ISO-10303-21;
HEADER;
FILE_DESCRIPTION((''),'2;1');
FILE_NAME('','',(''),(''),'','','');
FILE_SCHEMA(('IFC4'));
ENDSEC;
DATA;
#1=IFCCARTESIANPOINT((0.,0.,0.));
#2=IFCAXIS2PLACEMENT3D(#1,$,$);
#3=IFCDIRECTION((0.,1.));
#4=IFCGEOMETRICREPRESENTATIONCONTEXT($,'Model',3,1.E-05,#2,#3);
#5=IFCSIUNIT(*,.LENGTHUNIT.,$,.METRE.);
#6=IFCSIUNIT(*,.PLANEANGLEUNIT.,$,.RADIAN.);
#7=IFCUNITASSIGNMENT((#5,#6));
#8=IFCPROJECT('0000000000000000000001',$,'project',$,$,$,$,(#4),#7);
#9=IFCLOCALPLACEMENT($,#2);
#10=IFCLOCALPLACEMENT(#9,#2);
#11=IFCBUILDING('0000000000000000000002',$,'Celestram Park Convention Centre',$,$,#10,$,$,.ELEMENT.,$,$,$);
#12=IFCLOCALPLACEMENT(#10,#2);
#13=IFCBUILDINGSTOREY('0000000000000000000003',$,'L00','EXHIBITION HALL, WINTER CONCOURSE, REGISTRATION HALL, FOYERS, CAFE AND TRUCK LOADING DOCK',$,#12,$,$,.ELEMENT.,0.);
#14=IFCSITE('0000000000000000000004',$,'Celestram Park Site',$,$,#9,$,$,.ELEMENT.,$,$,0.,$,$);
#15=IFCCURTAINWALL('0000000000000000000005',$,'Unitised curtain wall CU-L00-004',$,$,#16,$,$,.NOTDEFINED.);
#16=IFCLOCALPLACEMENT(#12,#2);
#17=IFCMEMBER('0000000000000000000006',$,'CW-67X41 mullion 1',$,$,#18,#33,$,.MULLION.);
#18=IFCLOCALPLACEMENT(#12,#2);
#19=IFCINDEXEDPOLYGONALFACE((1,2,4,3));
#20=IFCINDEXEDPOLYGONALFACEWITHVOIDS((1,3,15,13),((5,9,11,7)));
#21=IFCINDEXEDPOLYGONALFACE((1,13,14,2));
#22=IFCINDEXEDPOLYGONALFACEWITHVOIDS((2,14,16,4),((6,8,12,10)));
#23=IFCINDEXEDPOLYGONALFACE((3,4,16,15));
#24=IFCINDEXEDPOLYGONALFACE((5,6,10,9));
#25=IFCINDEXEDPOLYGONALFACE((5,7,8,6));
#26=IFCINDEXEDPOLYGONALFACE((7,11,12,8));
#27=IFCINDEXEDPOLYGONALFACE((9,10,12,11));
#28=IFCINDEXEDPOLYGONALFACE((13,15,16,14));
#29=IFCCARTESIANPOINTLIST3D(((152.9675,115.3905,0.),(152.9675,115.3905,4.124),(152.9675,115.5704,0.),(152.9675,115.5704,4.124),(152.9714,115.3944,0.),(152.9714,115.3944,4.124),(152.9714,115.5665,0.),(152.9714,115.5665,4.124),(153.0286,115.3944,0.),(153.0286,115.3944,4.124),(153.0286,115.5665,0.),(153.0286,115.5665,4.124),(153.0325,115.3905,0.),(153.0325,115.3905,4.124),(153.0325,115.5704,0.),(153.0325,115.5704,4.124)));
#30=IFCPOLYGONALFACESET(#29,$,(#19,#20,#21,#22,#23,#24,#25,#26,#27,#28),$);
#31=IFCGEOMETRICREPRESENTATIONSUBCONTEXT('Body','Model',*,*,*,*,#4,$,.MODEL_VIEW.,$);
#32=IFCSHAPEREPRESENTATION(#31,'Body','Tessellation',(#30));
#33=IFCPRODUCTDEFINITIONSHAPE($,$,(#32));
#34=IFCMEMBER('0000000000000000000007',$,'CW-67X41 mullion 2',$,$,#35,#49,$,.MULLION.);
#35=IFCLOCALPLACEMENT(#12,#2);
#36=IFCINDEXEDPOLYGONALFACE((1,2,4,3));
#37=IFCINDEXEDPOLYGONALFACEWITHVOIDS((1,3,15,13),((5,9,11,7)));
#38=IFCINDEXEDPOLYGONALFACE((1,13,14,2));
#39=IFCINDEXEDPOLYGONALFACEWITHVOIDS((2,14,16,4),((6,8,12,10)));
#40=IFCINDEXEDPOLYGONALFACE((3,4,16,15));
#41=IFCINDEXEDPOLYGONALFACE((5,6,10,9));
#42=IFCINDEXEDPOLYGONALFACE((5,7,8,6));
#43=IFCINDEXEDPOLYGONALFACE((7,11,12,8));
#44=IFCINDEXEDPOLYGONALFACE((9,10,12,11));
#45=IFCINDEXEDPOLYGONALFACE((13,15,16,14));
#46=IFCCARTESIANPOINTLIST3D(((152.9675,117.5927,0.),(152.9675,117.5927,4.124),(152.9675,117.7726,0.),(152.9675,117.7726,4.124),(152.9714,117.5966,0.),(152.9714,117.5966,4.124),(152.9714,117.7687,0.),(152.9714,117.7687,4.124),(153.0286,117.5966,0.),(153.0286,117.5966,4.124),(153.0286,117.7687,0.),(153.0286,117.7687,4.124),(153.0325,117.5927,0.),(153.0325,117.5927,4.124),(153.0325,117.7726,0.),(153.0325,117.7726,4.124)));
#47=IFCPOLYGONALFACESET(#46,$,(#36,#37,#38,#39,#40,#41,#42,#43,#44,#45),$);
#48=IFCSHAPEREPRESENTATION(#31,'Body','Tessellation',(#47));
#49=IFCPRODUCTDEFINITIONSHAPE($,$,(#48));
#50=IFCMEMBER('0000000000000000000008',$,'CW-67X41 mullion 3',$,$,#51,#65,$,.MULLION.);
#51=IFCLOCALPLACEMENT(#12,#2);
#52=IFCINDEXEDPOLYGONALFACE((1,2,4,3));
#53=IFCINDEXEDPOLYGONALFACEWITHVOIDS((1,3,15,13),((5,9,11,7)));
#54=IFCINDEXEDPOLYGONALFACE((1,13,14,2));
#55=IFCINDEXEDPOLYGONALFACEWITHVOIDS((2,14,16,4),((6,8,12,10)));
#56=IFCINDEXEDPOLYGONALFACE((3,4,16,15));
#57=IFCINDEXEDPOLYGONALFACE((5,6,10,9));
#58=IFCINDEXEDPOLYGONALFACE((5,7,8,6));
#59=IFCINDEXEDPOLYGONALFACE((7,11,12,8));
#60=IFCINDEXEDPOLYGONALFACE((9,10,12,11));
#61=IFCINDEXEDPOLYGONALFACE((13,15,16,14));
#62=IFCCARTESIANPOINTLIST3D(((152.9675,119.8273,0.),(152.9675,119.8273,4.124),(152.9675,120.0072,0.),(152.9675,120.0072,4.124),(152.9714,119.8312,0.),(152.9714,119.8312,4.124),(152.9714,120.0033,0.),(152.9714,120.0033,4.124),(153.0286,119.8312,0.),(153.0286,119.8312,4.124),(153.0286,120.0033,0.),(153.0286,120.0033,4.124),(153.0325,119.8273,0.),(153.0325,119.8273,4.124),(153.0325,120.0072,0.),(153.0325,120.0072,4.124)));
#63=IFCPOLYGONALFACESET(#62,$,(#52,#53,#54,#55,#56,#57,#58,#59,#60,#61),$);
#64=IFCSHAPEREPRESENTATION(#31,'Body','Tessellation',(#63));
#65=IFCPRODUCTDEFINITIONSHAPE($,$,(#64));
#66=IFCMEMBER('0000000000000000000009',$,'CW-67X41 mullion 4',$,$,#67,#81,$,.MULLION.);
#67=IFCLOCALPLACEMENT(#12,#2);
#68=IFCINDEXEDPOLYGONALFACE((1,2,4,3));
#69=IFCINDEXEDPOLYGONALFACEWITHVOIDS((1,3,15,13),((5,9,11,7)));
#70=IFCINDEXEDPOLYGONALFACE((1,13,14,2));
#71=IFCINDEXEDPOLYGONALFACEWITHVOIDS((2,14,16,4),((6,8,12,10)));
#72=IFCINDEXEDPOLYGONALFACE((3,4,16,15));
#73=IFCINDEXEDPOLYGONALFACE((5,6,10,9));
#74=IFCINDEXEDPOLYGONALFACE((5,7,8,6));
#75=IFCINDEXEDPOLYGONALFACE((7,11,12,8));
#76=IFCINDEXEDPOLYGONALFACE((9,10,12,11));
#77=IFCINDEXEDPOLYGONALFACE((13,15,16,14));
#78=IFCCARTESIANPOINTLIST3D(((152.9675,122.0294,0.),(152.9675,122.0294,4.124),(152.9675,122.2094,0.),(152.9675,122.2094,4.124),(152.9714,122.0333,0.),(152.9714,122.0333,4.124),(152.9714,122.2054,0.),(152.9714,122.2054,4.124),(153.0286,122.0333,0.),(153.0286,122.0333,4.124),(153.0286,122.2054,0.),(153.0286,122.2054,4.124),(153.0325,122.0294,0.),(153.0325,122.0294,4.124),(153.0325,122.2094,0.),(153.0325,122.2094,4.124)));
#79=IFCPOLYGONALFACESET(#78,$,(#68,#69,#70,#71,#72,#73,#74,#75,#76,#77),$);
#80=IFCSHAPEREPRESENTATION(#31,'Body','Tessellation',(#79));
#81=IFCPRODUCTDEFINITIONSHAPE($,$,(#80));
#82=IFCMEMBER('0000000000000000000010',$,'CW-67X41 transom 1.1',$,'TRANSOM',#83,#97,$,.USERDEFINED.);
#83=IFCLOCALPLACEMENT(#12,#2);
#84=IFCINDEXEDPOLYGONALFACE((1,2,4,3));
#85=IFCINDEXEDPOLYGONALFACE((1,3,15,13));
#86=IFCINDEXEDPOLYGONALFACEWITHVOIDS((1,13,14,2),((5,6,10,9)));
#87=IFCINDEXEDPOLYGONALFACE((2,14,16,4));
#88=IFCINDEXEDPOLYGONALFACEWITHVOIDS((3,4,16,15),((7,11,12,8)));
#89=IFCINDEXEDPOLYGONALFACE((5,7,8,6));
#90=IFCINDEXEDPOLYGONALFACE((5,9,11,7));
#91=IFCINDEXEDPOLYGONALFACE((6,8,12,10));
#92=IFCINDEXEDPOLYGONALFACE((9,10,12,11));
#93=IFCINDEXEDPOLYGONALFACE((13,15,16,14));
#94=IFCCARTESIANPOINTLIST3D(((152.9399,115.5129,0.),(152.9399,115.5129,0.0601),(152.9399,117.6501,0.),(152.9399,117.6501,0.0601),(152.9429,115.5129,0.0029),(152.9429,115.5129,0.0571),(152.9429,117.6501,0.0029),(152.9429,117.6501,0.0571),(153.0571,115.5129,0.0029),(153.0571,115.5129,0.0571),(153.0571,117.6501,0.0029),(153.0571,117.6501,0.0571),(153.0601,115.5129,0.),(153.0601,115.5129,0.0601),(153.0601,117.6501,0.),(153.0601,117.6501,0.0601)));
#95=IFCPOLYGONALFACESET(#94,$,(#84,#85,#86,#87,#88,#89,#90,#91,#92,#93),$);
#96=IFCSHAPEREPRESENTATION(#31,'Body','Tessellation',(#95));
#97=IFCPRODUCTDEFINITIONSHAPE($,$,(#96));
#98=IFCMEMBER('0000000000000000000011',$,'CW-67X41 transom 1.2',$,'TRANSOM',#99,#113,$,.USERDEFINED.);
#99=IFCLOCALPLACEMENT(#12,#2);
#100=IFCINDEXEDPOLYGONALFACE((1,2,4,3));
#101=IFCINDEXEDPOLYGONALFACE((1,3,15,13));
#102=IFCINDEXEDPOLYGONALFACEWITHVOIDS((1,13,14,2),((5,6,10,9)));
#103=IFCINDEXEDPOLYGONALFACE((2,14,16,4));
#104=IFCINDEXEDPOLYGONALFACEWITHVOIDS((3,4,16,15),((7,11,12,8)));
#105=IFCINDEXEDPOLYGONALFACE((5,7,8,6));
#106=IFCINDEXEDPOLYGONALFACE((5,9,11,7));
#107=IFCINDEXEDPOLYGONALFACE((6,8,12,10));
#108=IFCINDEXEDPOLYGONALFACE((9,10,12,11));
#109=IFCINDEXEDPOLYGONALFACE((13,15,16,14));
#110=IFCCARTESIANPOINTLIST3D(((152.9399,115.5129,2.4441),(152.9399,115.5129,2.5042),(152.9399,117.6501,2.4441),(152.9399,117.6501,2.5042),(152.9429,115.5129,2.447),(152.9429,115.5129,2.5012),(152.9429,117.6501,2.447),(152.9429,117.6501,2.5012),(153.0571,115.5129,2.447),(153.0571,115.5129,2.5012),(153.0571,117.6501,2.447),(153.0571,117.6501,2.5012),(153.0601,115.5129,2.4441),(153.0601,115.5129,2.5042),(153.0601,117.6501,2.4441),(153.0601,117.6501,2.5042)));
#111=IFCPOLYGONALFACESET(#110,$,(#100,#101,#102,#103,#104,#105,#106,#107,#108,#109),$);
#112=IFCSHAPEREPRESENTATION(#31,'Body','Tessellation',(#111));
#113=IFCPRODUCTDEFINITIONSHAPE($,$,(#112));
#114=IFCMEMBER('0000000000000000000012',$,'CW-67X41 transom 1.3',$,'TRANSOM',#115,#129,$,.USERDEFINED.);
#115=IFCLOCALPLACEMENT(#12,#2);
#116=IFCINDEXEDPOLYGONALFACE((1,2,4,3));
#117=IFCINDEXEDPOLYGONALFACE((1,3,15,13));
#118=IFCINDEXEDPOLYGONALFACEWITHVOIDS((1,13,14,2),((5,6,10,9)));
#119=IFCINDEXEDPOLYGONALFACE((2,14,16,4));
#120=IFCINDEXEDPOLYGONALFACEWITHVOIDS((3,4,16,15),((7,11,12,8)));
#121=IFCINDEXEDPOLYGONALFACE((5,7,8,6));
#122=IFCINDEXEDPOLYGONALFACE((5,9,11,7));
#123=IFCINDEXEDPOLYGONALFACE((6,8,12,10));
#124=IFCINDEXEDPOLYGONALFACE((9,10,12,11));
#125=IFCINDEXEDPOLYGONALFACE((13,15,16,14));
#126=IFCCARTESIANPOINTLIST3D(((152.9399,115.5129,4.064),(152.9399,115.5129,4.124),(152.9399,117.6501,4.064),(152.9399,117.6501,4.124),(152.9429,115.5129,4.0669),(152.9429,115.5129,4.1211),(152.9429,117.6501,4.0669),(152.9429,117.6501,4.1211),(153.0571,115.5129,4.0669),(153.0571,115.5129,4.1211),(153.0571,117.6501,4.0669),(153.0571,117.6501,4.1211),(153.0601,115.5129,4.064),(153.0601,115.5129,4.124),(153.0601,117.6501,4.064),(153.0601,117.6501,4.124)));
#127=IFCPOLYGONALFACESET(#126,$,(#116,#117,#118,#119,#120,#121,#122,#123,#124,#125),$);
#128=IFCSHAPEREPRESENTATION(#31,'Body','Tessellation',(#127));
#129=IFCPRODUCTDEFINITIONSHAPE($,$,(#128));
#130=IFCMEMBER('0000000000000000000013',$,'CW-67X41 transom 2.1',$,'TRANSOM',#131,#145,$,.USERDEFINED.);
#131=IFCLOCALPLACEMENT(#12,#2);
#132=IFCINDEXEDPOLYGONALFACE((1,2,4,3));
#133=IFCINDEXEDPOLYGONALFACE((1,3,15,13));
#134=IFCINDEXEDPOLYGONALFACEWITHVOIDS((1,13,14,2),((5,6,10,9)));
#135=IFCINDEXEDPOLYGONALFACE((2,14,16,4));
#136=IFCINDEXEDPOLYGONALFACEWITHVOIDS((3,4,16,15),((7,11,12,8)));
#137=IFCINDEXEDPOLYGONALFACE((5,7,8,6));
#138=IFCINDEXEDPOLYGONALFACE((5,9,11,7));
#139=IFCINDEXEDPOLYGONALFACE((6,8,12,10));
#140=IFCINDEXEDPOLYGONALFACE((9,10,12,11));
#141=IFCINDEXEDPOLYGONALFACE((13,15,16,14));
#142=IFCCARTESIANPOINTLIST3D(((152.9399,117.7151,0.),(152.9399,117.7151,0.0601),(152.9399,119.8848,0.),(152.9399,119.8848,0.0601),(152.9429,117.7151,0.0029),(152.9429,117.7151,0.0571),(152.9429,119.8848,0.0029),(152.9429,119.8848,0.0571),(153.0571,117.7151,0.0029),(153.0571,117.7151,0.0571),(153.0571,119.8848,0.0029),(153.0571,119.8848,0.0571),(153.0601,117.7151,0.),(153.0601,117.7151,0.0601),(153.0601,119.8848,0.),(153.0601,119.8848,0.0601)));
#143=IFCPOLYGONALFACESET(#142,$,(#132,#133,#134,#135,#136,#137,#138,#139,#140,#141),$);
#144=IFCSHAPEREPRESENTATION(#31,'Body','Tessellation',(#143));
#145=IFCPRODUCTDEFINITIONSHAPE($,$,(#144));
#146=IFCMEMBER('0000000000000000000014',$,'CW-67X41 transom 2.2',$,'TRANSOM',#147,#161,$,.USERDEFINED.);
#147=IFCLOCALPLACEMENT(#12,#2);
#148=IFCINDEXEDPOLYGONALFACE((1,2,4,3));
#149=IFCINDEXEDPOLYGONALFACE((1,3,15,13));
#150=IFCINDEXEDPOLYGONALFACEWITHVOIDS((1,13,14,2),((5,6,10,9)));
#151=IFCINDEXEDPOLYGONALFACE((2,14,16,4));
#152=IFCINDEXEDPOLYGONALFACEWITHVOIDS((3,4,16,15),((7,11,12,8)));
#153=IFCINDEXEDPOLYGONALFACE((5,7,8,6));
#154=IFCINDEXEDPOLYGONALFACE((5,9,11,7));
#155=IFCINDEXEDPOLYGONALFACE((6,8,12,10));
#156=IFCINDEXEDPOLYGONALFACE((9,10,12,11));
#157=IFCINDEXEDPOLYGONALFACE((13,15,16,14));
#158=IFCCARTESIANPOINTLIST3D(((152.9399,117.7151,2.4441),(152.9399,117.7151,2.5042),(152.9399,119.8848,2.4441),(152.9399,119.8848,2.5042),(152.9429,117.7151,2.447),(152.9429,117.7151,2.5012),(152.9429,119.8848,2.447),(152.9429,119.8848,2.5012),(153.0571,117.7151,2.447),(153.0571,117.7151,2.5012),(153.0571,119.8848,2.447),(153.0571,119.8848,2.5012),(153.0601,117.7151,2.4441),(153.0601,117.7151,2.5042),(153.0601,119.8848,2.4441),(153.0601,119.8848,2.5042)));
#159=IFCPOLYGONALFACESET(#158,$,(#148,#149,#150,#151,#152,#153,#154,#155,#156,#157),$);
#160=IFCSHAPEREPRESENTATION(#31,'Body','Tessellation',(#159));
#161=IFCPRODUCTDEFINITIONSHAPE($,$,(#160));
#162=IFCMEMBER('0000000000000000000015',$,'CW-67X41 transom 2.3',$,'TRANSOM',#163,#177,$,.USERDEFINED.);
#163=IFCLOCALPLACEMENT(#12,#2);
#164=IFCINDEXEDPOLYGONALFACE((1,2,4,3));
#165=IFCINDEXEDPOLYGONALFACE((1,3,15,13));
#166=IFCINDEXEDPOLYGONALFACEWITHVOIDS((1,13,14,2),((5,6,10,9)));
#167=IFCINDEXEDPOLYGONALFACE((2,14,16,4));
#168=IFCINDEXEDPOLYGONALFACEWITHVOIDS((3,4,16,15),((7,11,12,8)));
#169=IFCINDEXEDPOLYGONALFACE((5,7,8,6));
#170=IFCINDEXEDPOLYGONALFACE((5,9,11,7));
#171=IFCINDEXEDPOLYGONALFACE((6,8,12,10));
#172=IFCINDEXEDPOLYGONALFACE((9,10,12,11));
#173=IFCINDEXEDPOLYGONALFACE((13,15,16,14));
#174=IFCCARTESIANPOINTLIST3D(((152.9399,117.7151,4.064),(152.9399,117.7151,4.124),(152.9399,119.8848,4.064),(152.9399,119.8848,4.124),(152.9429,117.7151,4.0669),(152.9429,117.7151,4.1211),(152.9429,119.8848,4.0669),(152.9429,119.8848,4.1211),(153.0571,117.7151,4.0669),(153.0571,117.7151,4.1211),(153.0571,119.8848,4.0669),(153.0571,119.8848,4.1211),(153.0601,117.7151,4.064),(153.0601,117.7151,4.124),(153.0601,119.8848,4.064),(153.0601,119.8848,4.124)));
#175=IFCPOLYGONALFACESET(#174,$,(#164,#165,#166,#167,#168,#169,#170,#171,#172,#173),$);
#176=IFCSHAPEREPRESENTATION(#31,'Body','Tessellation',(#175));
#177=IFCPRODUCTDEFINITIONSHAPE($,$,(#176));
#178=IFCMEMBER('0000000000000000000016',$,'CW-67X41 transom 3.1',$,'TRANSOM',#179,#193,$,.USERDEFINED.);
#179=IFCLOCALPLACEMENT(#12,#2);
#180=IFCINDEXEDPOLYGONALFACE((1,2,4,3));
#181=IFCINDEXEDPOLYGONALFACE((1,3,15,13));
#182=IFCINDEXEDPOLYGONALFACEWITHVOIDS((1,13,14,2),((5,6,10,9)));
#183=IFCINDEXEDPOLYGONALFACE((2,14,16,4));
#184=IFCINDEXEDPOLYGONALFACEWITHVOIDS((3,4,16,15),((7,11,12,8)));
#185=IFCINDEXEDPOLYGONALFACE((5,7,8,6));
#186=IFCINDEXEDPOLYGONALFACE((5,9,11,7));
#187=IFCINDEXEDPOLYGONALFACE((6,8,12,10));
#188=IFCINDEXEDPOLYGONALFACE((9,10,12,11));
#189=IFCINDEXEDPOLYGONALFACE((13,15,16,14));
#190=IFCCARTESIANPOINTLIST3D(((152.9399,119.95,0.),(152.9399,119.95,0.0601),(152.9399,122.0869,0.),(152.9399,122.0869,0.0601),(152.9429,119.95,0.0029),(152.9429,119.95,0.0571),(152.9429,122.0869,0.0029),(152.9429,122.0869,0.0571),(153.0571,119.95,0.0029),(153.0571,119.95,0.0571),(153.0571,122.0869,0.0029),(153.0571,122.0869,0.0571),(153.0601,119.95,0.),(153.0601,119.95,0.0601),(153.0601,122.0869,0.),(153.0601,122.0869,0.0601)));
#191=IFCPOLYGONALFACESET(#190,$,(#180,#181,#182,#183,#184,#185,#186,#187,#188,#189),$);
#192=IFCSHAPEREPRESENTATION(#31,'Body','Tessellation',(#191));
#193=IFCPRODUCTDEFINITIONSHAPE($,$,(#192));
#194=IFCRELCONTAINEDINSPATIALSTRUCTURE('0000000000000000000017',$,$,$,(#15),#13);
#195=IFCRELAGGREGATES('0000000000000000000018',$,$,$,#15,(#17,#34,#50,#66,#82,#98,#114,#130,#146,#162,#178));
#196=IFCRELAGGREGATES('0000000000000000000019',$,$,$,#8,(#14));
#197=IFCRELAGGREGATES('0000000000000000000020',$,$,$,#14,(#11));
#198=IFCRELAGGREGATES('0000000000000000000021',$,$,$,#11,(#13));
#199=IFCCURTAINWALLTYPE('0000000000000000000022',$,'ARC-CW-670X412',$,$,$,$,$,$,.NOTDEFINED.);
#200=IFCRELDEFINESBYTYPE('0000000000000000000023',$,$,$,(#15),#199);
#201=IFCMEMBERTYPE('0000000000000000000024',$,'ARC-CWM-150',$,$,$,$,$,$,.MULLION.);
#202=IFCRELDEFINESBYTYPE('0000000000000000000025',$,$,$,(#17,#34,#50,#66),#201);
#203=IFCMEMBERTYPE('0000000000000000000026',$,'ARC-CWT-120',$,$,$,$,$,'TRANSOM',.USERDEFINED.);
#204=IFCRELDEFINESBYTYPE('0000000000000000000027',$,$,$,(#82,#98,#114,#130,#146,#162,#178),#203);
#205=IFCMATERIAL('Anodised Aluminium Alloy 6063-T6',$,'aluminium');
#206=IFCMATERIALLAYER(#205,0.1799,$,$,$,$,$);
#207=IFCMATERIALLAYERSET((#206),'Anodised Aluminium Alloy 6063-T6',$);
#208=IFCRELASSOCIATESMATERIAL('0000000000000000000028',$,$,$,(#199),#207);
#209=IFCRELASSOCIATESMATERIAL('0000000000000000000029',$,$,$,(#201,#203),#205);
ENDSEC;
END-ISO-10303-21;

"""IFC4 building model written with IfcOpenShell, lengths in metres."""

from ifc_helpers import new_model, si_unit, direction, frame, origin, origin_2d, place, context, subcontext, project, spatial, hollow_rectangle, extrude, material, layer, layer_set, material_profile, profile_set, type_object, element, aggregate, save


model = new_model("IFC4")

# Units and contexts
model_context = context("Model", 3, precision=1e-05, world=origin(), true_north=direction((0.0, 1.0)))
body_context = subcontext(model_context, "Body", "Model", "MODEL_VIEW")
ifc_project = project(units=[si_unit("LENGTHUNIT", "METRE"), si_unit("PLANEANGLEUNIT", "RADIAN")], contexts=[model_context])

# Site, building, storey
site_placement = place(None, origin())
site = spatial("IfcSite", under=ifc_project, at=site_placement, Name="Celestram Park Site", CompositionType="ELEMENT", RefElevation=0.0)
building_placement = place(site_placement, origin())
building = spatial("IfcBuilding", under=site, at=building_placement, Name="Celestram Park Convention Centre", CompositionType="ELEMENT")
storey_placement = place(building_placement, origin())
storey = spatial("IfcBuildingStorey", under=building, at=storey_placement, Name="L00", Description="EXHIBITION HALL, WINTER CONCOURSE, REGISTRATION HALL, FOYERS, CAFE AND TRUCK LOADING DOCK", CompositionType="ELEMENT", Elevation=0.0)

# Curtain wall, members
ifc_material_1 = material(Name="Anodised Aluminium Alloy 6063-T6", Category="aluminium")
ifc_layer_1 = layer(ifc_material_1, 0.1799)
ifc_layer_set_1 = layer_set([ifc_layer_1], Name="Anodised Aluminium Alloy 6063-T6")
curtain_wall_type = type_object("IfcCurtainWallType", Name="ARC-CW-670X412", PredefinedType="NOTDEFINED", material=ifc_layer_set_1)
curtain_wall_placement = place(storey_placement, origin())
curtain_wall = element("IfcCurtainWall", 1, at=curtain_wall_placement, inside=storey, type_object=curtain_wall_type, Name="Unitised curtain wall CU-L00-004", PredefinedType="NOTDEFINED")
ifc_material_profile_1 = material_profile(ifc_material_1, hollow_rectangle(XDim=0.0649, YDim=0.1799, WallThickness=0.0039, at=origin_2d()), Name="ALU65X180X4")
ifc_profile_set_1 = profile_set([ifc_material_profile_1], Name="Anodised Aluminium Alloy 6063-T6")
member_type_1 = type_object("IfcMemberType", Name="ARC-CWM-150", PredefinedType="MULLION", material=ifc_profile_set_1)
member_1_placement = place(storey_placement, frame((153.0, 115.4805, 0.0), z_axis=(0.0, 0.0, 1.0), x_axis=(-1.0, 0.0, 0.0)))
member_1 = element("IfcMember", 2, at=member_1_placement, type_object=member_type_1, Name="CW-67X41 mullion 1", PredefinedType="MULLION", context=body_context, shape_type="SweptSolid", body=[
    extrude(hollow_rectangle(XDim=0.0649, YDim=0.1799, WallThickness=0.0039, at=origin_2d()), origin(), (0.0, 0.0, 1.0), 4.124),
])
member_2_placement = place(storey_placement, frame((153.0, 117.6826, 0.0), z_axis=(0.0, 0.0, 1.0), x_axis=(-1.0, 0.0, 0.0)))
member_2 = element("IfcMember", 3, at=member_2_placement, type_object=member_type_1, Name="CW-67X41 mullion 2", PredefinedType="MULLION", context=body_context, shape_type="SweptSolid", body=[
    extrude(hollow_rectangle(XDim=0.0649, YDim=0.1799, WallThickness=0.0039, at=origin_2d()), origin(), (0.0, 0.0, 1.0), 4.124),
])
member_3_placement = place(storey_placement, frame((153.0, 119.9172, 0.0), z_axis=(0.0, 0.0, 1.0), x_axis=(-1.0, 0.0, 0.0)))
member_3 = element("IfcMember", 4, at=member_3_placement, type_object=member_type_1, Name="CW-67X41 mullion 3", PredefinedType="MULLION", context=body_context, shape_type="SweptSolid", body=[
    extrude(hollow_rectangle(XDim=0.0649, YDim=0.1799, WallThickness=0.0039, at=origin_2d()), origin(), (0.0, 0.0, 1.0), 4.124),
])
member_4_placement = place(storey_placement, frame((153.0, 122.1194, 0.0), z_axis=(0.0, 0.0, 1.0), x_axis=(-1.0, 0.0, 0.0)))
member_4 = element("IfcMember", 5, at=member_4_placement, type_object=member_type_1, Name="CW-67X41 mullion 4", PredefinedType="MULLION", context=body_context, shape_type="SweptSolid", body=[
    extrude(hollow_rectangle(XDim=0.0649, YDim=0.1799, WallThickness=0.0039, at=origin_2d()), origin(), (0.0, 0.0, 1.0), 4.124),
])
ifc_material_profile_2 = material_profile(ifc_material_1, hollow_rectangle(XDim=0.1201, YDim=0.0601, WallThickness=0.0029, at=origin_2d()), Name="ALU120X60X3")
ifc_profile_set_2 = profile_set([ifc_material_profile_2], Name="Anodised Aluminium Alloy 6063-T6")
member_type_2 = type_object("IfcMemberType", Name="ARC-CWT-120", ElementType="TRANSOM", PredefinedType="USERDEFINED", material=ifc_profile_set_2)
member_5_placement = place(storey_placement, frame((153.0, 115.5129, 0.03), z_axis=(0.0, 1.0, 0.0), x_axis=(-1.0, 0.0, 0.0)))
member_5 = element("IfcMember", 6, at=member_5_placement, type_object=member_type_2, Name="CW-67X41 transom 1.1", ObjectType="TRANSOM", PredefinedType="USERDEFINED", context=body_context, shape_type="SweptSolid", body=[
    extrude(hollow_rectangle(XDim=0.1201, YDim=0.0601, WallThickness=0.0029, at=origin_2d()), origin(), (0.0, 0.0, 1.0), 2.1372),
])
member_6_placement = place(storey_placement, frame((153.0, 115.5129, 2.4741), z_axis=(0.0, 1.0, 0.0), x_axis=(-1.0, 0.0, 0.0)))
member_6 = element("IfcMember", 7, at=member_6_placement, type_object=member_type_2, Name="CW-67X41 transom 1.2", ObjectType="TRANSOM", PredefinedType="USERDEFINED", context=body_context, shape_type="SweptSolid", body=[
    extrude(hollow_rectangle(XDim=0.1201, YDim=0.0601, WallThickness=0.0029, at=origin_2d()), origin(), (0.0, 0.0, 1.0), 2.1372),
])
member_7_placement = place(storey_placement, frame((153.0, 115.5129, 4.094), z_axis=(0.0, 1.0, 0.0), x_axis=(-1.0, 0.0, 0.0)))
member_7 = element("IfcMember", 8, at=member_7_placement, type_object=member_type_2, Name="CW-67X41 transom 1.3", ObjectType="TRANSOM", PredefinedType="USERDEFINED", context=body_context, shape_type="SweptSolid", body=[
    extrude(hollow_rectangle(XDim=0.1201, YDim=0.0601, WallThickness=0.0029, at=origin_2d()), origin(), (0.0, 0.0, 1.0), 2.1372),
])
member_8_placement = place(storey_placement, frame((153.0, 117.7151, 0.03), z_axis=(0.0, 1.0, 0.0), x_axis=(-1.0, 0.0, 0.0)))
member_8 = element("IfcMember", 9, at=member_8_placement, type_object=member_type_2, Name="CW-67X41 transom 2.1", ObjectType="TRANSOM", PredefinedType="USERDEFINED", context=body_context, shape_type="SweptSolid", body=[
    extrude(hollow_rectangle(XDim=0.1201, YDim=0.0601, WallThickness=0.0029, at=origin_2d()), origin(), (0.0, 0.0, 1.0), 2.1697),
])
member_9_placement = place(storey_placement, frame((153.0, 117.7151, 2.4741), z_axis=(0.0, 1.0, 0.0), x_axis=(-1.0, 0.0, 0.0)))
member_9 = element("IfcMember", 10, at=member_9_placement, type_object=member_type_2, Name="CW-67X41 transom 2.2", ObjectType="TRANSOM", PredefinedType="USERDEFINED", context=body_context, shape_type="SweptSolid", body=[
    extrude(hollow_rectangle(XDim=0.1201, YDim=0.0601, WallThickness=0.0029, at=origin_2d()), origin(), (0.0, 0.0, 1.0), 2.1697),
])
member_10_placement = place(storey_placement, frame((153.0, 117.7151, 4.094), z_axis=(0.0, 1.0, 0.0), x_axis=(-1.0, 0.0, 0.0)))
member_10 = element("IfcMember", 11, at=member_10_placement, type_object=member_type_2, Name="CW-67X41 transom 2.3", ObjectType="TRANSOM", PredefinedType="USERDEFINED", context=body_context, shape_type="SweptSolid", body=[
    extrude(hollow_rectangle(XDim=0.1201, YDim=0.0601, WallThickness=0.0029, at=origin_2d()), origin(), (0.0, 0.0, 1.0), 2.1697),
])
member_11_placement = place(storey_placement, frame((153.0, 119.95, 0.03), z_axis=(0.0, 1.0, 0.0), x_axis=(-1.0, 0.0, 0.0)))
member_11 = element("IfcMember", 12, at=member_11_placement, type_object=member_type_2, Name="CW-67X41 transom 3.1", ObjectType="TRANSOM", PredefinedType="USERDEFINED", context=body_context, shape_type="SweptSolid", body=[
    extrude(hollow_rectangle(XDim=0.1201, YDim=0.0601, WallThickness=0.0029, at=origin_2d()), origin(), (0.0, 0.0, 1.0), 2.137),
])

aggregate(curtain_wall, [member_1, member_2, member_3, member_4, member_5, member_6, member_7, member_8, member_9, member_10, member_11])

save(model, "model.ifc")
